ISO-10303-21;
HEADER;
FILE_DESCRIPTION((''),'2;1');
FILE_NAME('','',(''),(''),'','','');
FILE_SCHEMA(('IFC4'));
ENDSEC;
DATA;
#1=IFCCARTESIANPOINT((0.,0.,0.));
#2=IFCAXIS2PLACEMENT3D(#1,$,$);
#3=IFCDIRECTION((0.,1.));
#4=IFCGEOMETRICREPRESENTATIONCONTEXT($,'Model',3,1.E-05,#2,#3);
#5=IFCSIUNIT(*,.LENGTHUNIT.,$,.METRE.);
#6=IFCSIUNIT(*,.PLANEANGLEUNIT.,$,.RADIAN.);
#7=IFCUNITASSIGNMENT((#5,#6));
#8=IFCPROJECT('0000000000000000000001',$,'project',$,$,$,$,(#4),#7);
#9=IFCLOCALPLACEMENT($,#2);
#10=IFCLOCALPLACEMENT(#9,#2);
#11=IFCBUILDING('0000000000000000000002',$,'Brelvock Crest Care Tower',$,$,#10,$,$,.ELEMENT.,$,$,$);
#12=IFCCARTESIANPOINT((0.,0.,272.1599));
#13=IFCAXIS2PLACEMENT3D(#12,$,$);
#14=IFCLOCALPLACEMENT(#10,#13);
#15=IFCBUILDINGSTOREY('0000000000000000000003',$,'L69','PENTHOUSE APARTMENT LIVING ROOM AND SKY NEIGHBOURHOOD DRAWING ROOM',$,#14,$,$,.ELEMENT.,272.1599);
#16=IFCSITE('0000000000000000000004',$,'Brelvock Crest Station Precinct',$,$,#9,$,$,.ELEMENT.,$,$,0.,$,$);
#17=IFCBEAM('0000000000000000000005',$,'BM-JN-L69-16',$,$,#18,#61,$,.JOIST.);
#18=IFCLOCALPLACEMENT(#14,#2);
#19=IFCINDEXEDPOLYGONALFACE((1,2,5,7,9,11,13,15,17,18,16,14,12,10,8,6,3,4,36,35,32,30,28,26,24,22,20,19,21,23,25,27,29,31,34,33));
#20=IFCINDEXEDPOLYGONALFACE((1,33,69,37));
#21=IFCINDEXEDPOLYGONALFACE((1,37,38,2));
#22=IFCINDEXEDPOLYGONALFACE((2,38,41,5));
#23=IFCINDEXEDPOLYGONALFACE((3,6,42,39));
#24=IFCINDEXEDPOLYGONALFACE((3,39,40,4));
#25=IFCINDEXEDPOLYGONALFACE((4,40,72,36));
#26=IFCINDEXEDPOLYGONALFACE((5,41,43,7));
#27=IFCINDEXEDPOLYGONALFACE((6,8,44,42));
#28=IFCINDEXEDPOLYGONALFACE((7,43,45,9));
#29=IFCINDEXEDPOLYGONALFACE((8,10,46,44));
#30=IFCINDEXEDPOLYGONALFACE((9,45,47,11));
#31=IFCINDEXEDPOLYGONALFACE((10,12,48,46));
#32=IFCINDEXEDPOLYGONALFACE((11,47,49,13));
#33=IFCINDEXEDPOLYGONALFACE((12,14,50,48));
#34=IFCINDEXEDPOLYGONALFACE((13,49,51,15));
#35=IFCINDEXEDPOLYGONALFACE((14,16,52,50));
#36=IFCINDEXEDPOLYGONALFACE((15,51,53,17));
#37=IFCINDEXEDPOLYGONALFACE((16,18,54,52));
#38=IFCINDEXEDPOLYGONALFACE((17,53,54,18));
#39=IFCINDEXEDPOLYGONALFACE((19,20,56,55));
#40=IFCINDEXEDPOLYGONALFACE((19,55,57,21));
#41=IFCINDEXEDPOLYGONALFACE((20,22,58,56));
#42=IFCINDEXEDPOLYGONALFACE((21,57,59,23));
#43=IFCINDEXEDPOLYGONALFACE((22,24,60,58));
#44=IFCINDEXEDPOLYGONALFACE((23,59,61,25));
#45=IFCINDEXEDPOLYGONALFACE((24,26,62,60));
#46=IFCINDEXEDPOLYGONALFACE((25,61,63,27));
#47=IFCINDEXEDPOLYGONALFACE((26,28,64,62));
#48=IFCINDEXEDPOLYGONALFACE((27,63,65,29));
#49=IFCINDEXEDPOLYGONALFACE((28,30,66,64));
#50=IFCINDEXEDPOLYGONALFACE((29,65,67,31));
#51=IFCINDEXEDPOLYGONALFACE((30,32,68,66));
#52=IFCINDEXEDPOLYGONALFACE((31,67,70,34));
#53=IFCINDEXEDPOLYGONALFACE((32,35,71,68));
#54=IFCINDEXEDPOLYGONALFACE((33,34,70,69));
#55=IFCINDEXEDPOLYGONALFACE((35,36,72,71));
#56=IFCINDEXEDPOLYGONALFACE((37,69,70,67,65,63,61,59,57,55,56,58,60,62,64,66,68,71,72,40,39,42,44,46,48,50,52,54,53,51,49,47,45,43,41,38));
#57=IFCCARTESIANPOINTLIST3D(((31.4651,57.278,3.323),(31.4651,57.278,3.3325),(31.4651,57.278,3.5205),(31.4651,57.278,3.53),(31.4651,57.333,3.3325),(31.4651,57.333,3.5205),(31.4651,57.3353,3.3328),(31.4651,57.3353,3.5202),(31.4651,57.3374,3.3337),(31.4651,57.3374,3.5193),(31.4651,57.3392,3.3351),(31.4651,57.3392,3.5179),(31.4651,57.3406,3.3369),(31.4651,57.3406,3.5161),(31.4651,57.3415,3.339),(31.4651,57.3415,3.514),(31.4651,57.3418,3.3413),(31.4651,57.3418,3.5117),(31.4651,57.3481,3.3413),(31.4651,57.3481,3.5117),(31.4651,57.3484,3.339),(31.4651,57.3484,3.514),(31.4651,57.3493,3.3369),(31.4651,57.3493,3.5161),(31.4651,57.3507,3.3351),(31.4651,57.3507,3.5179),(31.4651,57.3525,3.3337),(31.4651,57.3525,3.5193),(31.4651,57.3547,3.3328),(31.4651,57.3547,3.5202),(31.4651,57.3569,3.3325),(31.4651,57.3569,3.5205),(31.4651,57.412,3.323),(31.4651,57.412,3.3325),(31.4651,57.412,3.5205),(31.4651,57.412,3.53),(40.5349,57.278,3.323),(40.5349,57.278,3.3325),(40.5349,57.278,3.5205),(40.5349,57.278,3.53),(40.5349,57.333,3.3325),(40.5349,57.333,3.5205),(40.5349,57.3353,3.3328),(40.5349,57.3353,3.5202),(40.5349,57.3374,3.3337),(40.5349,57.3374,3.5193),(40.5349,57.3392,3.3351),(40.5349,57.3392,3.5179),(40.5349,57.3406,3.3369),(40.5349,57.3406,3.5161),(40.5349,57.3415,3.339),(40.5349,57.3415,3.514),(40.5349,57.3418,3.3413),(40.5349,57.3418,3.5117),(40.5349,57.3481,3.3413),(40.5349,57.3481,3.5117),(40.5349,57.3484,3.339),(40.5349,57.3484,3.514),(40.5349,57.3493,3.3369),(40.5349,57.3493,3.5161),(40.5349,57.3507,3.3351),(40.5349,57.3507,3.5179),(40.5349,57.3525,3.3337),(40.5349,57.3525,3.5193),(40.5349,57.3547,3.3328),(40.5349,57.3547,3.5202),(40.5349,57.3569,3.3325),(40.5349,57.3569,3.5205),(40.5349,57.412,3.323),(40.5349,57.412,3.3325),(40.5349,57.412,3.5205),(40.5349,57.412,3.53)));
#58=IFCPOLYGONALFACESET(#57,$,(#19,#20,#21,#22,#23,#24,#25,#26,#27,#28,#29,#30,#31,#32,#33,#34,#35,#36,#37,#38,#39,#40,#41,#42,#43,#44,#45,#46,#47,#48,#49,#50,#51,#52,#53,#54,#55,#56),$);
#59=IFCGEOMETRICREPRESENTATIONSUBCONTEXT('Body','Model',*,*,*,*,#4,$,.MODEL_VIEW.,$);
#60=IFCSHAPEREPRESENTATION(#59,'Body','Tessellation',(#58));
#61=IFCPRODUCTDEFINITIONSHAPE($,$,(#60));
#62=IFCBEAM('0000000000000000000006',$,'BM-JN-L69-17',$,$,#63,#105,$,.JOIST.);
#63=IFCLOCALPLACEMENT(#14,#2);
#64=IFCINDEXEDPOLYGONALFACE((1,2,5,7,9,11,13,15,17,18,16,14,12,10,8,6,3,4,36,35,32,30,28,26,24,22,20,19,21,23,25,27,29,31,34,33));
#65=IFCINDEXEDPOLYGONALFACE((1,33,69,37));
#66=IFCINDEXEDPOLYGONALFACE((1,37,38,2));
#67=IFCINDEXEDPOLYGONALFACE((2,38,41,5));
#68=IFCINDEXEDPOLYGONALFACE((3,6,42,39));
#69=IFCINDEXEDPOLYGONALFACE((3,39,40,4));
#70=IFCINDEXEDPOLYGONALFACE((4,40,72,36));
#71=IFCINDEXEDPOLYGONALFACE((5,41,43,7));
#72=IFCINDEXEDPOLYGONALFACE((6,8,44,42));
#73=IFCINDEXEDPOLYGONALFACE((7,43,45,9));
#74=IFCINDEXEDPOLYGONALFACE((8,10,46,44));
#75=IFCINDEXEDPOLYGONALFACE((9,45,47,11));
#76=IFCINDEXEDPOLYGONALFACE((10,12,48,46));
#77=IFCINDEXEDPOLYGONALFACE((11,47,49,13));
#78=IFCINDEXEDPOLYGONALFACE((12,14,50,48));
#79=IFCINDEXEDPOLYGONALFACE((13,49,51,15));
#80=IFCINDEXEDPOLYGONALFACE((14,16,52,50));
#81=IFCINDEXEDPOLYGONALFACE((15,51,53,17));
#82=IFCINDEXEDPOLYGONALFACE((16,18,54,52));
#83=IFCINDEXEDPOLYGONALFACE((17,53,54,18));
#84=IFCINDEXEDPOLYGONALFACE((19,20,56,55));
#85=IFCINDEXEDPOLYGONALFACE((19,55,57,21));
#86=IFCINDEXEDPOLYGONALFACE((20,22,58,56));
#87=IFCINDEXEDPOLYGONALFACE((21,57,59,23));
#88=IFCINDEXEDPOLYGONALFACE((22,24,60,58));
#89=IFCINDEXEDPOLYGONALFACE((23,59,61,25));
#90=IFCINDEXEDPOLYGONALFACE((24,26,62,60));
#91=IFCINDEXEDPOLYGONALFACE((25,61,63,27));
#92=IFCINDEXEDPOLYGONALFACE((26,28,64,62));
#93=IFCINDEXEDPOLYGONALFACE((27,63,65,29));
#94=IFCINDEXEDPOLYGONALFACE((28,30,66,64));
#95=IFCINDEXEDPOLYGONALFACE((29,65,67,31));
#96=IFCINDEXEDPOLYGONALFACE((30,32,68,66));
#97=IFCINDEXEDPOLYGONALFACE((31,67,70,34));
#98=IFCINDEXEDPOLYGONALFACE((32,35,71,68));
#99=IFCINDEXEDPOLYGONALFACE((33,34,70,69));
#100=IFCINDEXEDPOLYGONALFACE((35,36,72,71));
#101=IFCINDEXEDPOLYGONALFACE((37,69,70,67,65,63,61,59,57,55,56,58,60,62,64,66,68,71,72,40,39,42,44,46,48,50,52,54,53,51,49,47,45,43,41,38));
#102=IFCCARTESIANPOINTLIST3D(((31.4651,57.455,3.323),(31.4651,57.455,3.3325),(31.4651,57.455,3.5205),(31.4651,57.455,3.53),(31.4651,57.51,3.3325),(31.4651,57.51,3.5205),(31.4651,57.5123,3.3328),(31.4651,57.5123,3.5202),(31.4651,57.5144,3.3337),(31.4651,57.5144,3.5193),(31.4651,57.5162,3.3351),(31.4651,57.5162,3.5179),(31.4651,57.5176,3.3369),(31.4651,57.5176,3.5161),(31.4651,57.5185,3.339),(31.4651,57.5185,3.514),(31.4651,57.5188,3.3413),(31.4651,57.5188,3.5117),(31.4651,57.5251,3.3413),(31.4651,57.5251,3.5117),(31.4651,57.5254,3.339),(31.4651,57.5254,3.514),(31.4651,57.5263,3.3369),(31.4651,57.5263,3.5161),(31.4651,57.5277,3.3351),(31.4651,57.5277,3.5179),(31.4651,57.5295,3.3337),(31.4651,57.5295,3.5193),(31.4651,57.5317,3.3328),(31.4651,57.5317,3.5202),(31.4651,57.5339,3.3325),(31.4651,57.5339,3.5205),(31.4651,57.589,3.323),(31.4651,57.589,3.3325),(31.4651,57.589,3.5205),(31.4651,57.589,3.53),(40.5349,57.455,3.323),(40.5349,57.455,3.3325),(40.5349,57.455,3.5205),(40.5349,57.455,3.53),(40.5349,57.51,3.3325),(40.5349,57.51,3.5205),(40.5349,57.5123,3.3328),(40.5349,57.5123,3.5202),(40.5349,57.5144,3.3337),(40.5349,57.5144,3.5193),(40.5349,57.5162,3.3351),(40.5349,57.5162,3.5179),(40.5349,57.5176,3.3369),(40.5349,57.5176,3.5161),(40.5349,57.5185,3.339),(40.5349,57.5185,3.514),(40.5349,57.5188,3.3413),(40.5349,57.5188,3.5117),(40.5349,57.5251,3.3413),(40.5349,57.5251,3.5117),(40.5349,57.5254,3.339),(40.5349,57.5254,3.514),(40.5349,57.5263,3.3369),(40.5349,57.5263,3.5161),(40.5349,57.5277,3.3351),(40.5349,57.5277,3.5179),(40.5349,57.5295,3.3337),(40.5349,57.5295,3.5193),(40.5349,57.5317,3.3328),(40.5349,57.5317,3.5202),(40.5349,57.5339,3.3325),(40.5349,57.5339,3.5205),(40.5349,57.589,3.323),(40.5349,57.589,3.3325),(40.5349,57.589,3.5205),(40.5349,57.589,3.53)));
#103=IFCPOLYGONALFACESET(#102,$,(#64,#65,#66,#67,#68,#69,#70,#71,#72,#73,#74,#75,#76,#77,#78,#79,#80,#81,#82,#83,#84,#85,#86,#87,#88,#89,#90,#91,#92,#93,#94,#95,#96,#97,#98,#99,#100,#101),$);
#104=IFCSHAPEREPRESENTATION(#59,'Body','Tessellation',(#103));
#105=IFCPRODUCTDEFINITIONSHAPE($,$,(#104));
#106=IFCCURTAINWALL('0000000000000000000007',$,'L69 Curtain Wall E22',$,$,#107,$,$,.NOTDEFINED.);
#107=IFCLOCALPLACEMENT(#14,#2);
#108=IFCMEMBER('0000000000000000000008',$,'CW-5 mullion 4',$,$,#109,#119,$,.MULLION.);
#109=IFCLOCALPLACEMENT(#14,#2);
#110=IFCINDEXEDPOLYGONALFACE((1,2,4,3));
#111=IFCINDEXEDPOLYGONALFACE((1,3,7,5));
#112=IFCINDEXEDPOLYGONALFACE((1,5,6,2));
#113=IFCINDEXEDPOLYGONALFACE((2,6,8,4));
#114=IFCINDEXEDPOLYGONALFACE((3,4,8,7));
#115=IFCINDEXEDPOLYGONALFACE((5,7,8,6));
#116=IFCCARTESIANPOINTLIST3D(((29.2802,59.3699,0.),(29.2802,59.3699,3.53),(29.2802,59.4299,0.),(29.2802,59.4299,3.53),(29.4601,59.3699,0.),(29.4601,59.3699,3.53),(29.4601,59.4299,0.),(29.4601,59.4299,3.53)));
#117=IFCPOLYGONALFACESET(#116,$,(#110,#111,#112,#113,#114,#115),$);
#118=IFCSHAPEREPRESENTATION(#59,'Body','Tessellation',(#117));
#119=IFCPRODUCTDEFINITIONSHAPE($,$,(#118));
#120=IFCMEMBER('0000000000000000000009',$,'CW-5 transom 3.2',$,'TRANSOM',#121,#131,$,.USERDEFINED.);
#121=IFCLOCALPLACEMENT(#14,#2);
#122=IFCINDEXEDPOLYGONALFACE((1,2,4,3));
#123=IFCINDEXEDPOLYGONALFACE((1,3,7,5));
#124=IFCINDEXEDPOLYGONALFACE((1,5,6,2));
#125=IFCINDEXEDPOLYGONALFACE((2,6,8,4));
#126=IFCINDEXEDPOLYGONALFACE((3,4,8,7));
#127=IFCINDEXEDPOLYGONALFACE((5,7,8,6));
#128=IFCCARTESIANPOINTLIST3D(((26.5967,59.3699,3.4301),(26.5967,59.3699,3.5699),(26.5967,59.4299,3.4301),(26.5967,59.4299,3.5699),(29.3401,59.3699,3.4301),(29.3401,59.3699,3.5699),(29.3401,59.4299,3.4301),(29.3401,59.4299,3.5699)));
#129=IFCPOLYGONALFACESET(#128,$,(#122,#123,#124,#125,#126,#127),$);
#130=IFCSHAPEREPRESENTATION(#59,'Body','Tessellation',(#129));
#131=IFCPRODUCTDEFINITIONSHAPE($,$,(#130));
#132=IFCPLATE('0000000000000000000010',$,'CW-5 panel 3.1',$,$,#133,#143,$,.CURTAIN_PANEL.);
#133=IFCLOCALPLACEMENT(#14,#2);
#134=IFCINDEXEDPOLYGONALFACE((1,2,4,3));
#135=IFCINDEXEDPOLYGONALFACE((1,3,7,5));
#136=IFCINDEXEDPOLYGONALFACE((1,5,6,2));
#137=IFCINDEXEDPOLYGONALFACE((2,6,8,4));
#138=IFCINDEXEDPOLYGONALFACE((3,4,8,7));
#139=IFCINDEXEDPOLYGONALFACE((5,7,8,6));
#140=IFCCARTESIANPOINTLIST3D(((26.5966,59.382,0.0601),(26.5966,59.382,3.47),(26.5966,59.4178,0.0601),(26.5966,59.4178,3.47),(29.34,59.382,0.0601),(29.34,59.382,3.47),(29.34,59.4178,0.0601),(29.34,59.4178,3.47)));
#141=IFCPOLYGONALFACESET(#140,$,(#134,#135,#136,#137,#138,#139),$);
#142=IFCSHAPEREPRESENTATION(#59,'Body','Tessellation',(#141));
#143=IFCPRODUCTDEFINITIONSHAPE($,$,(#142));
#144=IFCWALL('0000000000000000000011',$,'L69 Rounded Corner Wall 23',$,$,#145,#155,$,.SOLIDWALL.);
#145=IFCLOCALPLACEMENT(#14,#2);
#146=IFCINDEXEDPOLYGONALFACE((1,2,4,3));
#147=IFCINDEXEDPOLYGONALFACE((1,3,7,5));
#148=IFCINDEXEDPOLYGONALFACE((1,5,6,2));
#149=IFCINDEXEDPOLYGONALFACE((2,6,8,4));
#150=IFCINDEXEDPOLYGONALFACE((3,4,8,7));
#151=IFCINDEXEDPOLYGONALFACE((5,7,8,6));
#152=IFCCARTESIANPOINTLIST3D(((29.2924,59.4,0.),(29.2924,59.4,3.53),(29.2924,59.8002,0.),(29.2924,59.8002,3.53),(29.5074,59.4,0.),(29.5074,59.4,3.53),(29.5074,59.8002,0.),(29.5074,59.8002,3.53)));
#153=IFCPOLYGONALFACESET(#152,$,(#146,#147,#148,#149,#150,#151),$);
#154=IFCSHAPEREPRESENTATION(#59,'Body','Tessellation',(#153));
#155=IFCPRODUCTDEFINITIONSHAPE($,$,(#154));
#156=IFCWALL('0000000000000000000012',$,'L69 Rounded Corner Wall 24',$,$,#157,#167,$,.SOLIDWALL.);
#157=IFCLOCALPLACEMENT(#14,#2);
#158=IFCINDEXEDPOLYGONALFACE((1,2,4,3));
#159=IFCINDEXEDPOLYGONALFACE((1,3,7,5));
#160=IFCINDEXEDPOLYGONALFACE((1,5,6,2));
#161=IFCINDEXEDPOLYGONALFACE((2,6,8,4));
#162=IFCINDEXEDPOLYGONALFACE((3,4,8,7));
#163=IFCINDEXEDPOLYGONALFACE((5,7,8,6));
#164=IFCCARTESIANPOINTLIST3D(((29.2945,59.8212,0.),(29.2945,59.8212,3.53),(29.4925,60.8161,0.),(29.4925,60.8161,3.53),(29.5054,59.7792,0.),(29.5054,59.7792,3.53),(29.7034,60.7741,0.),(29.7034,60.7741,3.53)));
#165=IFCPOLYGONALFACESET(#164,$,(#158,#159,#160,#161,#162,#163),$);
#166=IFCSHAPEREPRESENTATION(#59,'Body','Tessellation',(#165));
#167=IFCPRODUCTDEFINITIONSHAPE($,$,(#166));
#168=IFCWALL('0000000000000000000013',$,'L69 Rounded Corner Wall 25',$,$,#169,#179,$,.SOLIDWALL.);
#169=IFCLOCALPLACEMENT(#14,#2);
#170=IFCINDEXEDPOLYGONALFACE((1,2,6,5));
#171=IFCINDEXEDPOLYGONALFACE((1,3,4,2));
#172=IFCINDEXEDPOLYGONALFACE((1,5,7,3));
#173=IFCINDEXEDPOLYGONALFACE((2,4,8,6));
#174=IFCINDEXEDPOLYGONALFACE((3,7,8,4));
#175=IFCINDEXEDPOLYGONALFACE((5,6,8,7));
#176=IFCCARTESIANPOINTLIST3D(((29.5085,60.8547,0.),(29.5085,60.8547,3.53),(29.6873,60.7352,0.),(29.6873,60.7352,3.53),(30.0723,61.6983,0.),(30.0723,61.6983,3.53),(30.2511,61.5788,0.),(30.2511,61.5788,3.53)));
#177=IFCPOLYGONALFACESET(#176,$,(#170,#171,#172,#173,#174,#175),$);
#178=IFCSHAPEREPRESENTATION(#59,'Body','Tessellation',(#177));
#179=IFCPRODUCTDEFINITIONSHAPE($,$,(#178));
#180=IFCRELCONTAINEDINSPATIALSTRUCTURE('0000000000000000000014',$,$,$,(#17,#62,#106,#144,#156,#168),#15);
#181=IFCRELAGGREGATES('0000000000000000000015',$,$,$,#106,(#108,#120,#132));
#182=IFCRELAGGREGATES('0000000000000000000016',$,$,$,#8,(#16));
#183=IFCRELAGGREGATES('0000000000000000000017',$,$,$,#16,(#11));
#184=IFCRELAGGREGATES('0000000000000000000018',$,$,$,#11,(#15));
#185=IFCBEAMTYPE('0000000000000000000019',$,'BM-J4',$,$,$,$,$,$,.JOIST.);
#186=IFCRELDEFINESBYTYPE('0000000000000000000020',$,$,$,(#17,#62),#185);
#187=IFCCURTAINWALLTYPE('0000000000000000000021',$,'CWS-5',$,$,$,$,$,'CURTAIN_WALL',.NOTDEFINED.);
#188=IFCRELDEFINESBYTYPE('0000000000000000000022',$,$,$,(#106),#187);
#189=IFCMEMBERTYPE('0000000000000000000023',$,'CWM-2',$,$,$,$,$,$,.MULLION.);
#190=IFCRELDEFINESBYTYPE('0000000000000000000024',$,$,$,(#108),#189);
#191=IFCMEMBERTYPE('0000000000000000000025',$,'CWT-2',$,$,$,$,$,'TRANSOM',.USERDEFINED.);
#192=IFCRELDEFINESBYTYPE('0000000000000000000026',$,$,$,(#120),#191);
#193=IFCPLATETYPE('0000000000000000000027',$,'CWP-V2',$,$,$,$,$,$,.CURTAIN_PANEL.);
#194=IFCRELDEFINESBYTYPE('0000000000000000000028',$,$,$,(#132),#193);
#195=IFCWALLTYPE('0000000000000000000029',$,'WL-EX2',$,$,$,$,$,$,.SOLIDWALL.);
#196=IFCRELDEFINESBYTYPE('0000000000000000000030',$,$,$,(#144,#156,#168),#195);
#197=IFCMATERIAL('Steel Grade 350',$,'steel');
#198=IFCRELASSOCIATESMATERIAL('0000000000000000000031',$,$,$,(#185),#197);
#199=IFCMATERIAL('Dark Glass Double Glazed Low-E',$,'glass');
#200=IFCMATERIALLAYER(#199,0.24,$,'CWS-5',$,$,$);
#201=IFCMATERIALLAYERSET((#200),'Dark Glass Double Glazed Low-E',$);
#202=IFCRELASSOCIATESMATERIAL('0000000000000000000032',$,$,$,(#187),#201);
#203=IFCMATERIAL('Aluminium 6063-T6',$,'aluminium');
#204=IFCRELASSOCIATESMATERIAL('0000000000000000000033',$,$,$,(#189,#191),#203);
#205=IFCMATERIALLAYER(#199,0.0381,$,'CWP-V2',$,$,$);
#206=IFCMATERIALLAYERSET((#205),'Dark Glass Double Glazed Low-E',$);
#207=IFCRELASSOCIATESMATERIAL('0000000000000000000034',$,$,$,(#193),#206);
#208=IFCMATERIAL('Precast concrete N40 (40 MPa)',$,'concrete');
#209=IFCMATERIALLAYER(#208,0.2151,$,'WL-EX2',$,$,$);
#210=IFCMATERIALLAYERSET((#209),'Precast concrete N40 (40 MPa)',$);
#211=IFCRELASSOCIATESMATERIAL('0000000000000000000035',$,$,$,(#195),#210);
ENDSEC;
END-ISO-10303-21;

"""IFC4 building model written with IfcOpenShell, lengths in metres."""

from ifc_helpers import new_model, si_unit, direction, frame, frame_2d, origin, origin_2d, place, context, subcontext, project, spatial, rectangle, i_section, extrude, source, transform, mapped, material, layer, layer_set, material_profile, profile_set, type_object, element, aggregate, save


model = new_model("IFC4")

# Units and contexts
model_context = context("Model", 3, precision=1e-05, world=origin(), true_north=direction((0.0, 1.0)))
body_context = subcontext(model_context, "Body", "Model", "MODEL_VIEW")
ifc_project = project(units=[si_unit("LENGTHUNIT", "METRE"), si_unit("PLANEANGLEUNIT", "RADIAN")], contexts=[model_context])

# Site, building, storey
site_placement = place(None, origin())
site = spatial("IfcSite", under=ifc_project, at=site_placement, Name="Brelvock Crest Station Precinct", CompositionType="ELEMENT", RefElevation=0.0)
building_placement = place(site_placement, origin())
building = spatial("IfcBuilding", under=site, at=building_placement, Name="Brelvock Crest Care Tower", CompositionType="ELEMENT")
storey_placement = place(building_placement, frame((0.0, 0.0, 272.1599)))
storey = spatial("IfcBuildingStorey", under=building, at=storey_placement, Name="L69", Description="PENTHOUSE APARTMENT LIVING ROOM AND SKY NEIGHBOURHOOD DRAWING ROOM", CompositionType="ELEMENT", Elevation=272.1599)

# Shared definitions
ifc_material_1 = material(Name="Steel Grade 350", Category="steel")

# Beams
ifc_material_profile_1 = material_profile(ifc_material_1, i_section(OverallWidth=0.134, OverallDepth=0.207, WebThickness=0.0063, FlangeThickness=0.0095, FilletRadius=0.0088, at=origin_2d()), Name="200UB29.8")
ifc_profile_set_1 = profile_set([ifc_material_profile_1], Name="Steel Grade 350")
beam_type_1 = type_object("IfcBeamType", Name="BM-J4", PredefinedType="JOIST", material=ifc_profile_set_1)
shared_shape_1 = source(origin(), body_context, "Body", "SweptSolid", [
    extrude(i_section(OverallWidth=0.134, OverallDepth=0.207, WebThickness=0.0063, FlangeThickness=0.0095, FilletRadius=0.0088, at=origin_2d()), origin(), (0.0, 0.0, 1.0), 9.0698),
])
for number, where, z_axis, x_axis, name in (
    (1, (31.4651, 57.345, 3.4265), (1.0, 0.0, 0.0), (0.0, 1.0, 0.0), "BM-JN-L69-16"),
    (2, (31.4651, 57.522, 3.4265), (1.0, 0.0, 0.0), (0.0, 1.0, 0.0), "BM-JN-L69-17"),
):
    element("IfcBeam", number, at=place(storey_placement, frame(where, z_axis=z_axis, x_axis=x_axis)), inside=storey, type_object=beam_type_1, Name=name, PredefinedType="JOIST", context=body_context, shape_type="MappedRepresentation", body=[
        mapped(shared_shape_1, transform((0.0, 0.0, 0.0), x_axis=(1.0, 0.0, 0.0), y_axis=(0.0, 1.0, 0.0), z_axis=(0.0, 0.0, 1.0), scale=1.0)),
    ])

# Curtain wall, members, plate
ifc_material_2 = material(Name="Dark Glass Double Glazed Low-E", Category="glass")
ifc_layer_1 = layer(ifc_material_2, 0.24, Name="CWS-5")
ifc_layer_set_1 = layer_set([ifc_layer_1], Name="Dark Glass Double Glazed Low-E")
curtain_wall_type = type_object("IfcCurtainWallType", Name="CWS-5", ElementType="CURTAIN_WALL", PredefinedType="NOTDEFINED", material=ifc_layer_set_1)
curtain_wall_placement = place(storey_placement, origin())
curtain_wall = element("IfcCurtainWall", 3, at=curtain_wall_placement, inside=storey, type_object=curtain_wall_type, Name="L69 Curtain Wall E22", PredefinedType="NOTDEFINED")
ifc_material_3 = material(Name="Aluminium 6063-T6", Category="aluminium")
ifc_material_profile_2 = material_profile(ifc_material_3, rectangle(XDim=0.0601, YDim=0.1799, at=origin_2d()), Name="ALU60x180")
ifc_profile_set_2 = profile_set([ifc_material_profile_2], Name="Aluminium 6063-T6")
member_type_1 = type_object("IfcMemberType", Name="CWM-2", PredefinedType="MULLION", material=ifc_profile_set_2)
shared_shape_2 = source(origin(), body_context, "Body", "SweptSolid", [
    extrude(rectangle(XDim=0.0601, YDim=0.1799, at=origin_2d()), origin(), (0.0, 0.0, 1.0), 3.53),
])
member_1_placement = place(storey_placement, frame((29.3701, 59.3999, 0.0), z_axis=(0.0, 0.0, 1.0), x_axis=(0.0, 1.0, 0.0)))
member_1 = element("IfcMember", 4, at=member_1_placement, type_object=member_type_1, Name="CW-5 mullion 4", PredefinedType="MULLION", context=body_context, shape_type="MappedRepresentation", body=[
    mapped(shared_shape_2, transform((0.0, 0.0, 0.0), x_axis=(1.0, 0.0, 0.0), y_axis=(0.0, 1.0, 0.0), z_axis=(0.0, 0.0, 1.0), scale=1.0)),
])
ifc_material_profile_3 = material_profile(ifc_material_3, rectangle(XDim=0.0601, YDim=0.1399, at=origin_2d()), Name="ALU60x140")
ifc_profile_set_3 = profile_set([ifc_material_profile_3], Name="Aluminium 6063-T6")
member_type_2 = type_object("IfcMemberType", Name="CWT-2", ElementType="TRANSOM", PredefinedType="USERDEFINED", material=ifc_profile_set_3)
shared_shape_3 = source(origin(), body_context, "Body", "SweptSolid", [
    extrude(rectangle(XDim=0.0601, YDim=0.1399, at=origin_2d()), origin(), (0.0, 0.0, 1.0), 2.7434),
])
member_2_placement = place(storey_placement, frame((26.5967, 59.3999, 3.5), z_axis=(1.0, 0.0, 0.0), x_axis=(0.0, 1.0, 0.0)))
member_2 = element("IfcMember", 5, at=member_2_placement, type_object=member_type_2, Name="CW-5 transom 3.2", ObjectType="TRANSOM", PredefinedType="USERDEFINED", context=body_context, shape_type="MappedRepresentation", body=[
    mapped(shared_shape_3, transform((0.0, 0.0, 0.0), x_axis=(1.0, 0.0, 0.0), y_axis=(0.0, 1.0, 0.0), z_axis=(0.0, 0.0, 1.0), scale=1.0)),
])
ifc_layer_2 = layer(ifc_material_2, 0.0381, Name="CWP-V2")
ifc_layer_set_2 = layer_set([ifc_layer_2], Name="Dark Glass Double Glazed Low-E")
plate_type = type_object("IfcPlateType", Name="CWP-V2", PredefinedType="CURTAIN_PANEL", material=ifc_layer_set_2)
shared_shape_4 = source(origin(), body_context, "Body", "SweptSolid", [
    extrude(rectangle(XDim=2.7434, YDim=0.0359, at=origin_2d()), origin(), (0.0, 0.0, 1.0), 3.4099),
])
plate_placement = place(storey_placement, frame((27.9683, 59.3999, 0.0601), z_axis=(0.0, 0.0, 1.0), x_axis=(1.0, 0.0, 0.0)))
plate = element("IfcPlate", 6, at=plate_placement, type_object=plate_type, Name="CW-5 panel 3.1", PredefinedType="CURTAIN_PANEL", context=body_context, shape_type="MappedRepresentation", body=[
    mapped(shared_shape_4, transform((0.0, 0.0, 0.0), x_axis=(1.0, 0.0, 0.0), y_axis=(0.0, 1.0, 0.0), z_axis=(0.0, 0.0, 1.0), scale=1.0)),
])
aggregate(curtain_wall, [member_1, member_2, plate])

# Walls
ifc_material_4 = material(Name="Precast concrete N40 (40 MPa)", Category="concrete")
ifc_layer_3 = layer(ifc_material_4, 0.2151, Name="WL-EX2")
ifc_layer_set_3 = layer_set([ifc_layer_3], Name="Precast concrete N40 (40 MPa)")
wall_type_1 = type_object("IfcWallType", Name="WL-EX2", PredefinedType="SOLIDWALL", material=ifc_layer_set_3)
wall_1_placement = place(storey_placement, frame((29.3999, 59.3999, 0.0), z_axis=(0.0, 0.0, 1.0), x_axis=(0.0, 1.0, 0.0)))
element("IfcWall", 7, at=wall_1_placement, inside=storey, type_object=wall_type_1, Name="L69 Rounded Corner Wall 23", PredefinedType="SOLIDWALL", context=body_context, shape_type="SweptSolid", body=[
    extrude(rectangle(XDim=0.4001, YDim=0.2151, at=frame_2d((0.2002, 0.0))), origin(), (0.0, 0.0, 1.0), 3.53),
])
wall_2_placement = place(storey_placement, frame((29.3999, 59.8, 0.0), z_axis=(0.0, 0.0, 1.0), x_axis=(0.19519, 0.980765, 0.0)))
element("IfcWall", 8, at=wall_2_placement, inside=storey, type_object=wall_type_1, Name="L69 Rounded Corner Wall 24", PredefinedType="SOLIDWALL", context=body_context, shape_type="SweptSolid", body=[
    extrude(rectangle(XDim=1.0144, YDim=0.2151, at=frame_2d((0.5073, 0.0))), origin(), (0.0, 0.0, 1.0), 3.53),
])
wall_3_placement = place(storey_placement, frame((29.5979, 60.7949, 0.0), z_axis=(0.0, 0.0, 1.0), x_axis=(0.555644, 0.83142, 0.0)))
element("IfcWall", 9, at=wall_3_placement, inside=storey, type_object=wall_type_1, Name="L69 Rounded Corner Wall 25", PredefinedType="SOLIDWALL", context=body_context, shape_type="SweptSolid", body=[
    extrude(rectangle(XDim=1.0146, YDim=0.2151, at=frame_2d((0.5073, 0.0))), origin(), (0.0, 0.0, 1.0), 3.53),
])

save(model, "model.ifc")
